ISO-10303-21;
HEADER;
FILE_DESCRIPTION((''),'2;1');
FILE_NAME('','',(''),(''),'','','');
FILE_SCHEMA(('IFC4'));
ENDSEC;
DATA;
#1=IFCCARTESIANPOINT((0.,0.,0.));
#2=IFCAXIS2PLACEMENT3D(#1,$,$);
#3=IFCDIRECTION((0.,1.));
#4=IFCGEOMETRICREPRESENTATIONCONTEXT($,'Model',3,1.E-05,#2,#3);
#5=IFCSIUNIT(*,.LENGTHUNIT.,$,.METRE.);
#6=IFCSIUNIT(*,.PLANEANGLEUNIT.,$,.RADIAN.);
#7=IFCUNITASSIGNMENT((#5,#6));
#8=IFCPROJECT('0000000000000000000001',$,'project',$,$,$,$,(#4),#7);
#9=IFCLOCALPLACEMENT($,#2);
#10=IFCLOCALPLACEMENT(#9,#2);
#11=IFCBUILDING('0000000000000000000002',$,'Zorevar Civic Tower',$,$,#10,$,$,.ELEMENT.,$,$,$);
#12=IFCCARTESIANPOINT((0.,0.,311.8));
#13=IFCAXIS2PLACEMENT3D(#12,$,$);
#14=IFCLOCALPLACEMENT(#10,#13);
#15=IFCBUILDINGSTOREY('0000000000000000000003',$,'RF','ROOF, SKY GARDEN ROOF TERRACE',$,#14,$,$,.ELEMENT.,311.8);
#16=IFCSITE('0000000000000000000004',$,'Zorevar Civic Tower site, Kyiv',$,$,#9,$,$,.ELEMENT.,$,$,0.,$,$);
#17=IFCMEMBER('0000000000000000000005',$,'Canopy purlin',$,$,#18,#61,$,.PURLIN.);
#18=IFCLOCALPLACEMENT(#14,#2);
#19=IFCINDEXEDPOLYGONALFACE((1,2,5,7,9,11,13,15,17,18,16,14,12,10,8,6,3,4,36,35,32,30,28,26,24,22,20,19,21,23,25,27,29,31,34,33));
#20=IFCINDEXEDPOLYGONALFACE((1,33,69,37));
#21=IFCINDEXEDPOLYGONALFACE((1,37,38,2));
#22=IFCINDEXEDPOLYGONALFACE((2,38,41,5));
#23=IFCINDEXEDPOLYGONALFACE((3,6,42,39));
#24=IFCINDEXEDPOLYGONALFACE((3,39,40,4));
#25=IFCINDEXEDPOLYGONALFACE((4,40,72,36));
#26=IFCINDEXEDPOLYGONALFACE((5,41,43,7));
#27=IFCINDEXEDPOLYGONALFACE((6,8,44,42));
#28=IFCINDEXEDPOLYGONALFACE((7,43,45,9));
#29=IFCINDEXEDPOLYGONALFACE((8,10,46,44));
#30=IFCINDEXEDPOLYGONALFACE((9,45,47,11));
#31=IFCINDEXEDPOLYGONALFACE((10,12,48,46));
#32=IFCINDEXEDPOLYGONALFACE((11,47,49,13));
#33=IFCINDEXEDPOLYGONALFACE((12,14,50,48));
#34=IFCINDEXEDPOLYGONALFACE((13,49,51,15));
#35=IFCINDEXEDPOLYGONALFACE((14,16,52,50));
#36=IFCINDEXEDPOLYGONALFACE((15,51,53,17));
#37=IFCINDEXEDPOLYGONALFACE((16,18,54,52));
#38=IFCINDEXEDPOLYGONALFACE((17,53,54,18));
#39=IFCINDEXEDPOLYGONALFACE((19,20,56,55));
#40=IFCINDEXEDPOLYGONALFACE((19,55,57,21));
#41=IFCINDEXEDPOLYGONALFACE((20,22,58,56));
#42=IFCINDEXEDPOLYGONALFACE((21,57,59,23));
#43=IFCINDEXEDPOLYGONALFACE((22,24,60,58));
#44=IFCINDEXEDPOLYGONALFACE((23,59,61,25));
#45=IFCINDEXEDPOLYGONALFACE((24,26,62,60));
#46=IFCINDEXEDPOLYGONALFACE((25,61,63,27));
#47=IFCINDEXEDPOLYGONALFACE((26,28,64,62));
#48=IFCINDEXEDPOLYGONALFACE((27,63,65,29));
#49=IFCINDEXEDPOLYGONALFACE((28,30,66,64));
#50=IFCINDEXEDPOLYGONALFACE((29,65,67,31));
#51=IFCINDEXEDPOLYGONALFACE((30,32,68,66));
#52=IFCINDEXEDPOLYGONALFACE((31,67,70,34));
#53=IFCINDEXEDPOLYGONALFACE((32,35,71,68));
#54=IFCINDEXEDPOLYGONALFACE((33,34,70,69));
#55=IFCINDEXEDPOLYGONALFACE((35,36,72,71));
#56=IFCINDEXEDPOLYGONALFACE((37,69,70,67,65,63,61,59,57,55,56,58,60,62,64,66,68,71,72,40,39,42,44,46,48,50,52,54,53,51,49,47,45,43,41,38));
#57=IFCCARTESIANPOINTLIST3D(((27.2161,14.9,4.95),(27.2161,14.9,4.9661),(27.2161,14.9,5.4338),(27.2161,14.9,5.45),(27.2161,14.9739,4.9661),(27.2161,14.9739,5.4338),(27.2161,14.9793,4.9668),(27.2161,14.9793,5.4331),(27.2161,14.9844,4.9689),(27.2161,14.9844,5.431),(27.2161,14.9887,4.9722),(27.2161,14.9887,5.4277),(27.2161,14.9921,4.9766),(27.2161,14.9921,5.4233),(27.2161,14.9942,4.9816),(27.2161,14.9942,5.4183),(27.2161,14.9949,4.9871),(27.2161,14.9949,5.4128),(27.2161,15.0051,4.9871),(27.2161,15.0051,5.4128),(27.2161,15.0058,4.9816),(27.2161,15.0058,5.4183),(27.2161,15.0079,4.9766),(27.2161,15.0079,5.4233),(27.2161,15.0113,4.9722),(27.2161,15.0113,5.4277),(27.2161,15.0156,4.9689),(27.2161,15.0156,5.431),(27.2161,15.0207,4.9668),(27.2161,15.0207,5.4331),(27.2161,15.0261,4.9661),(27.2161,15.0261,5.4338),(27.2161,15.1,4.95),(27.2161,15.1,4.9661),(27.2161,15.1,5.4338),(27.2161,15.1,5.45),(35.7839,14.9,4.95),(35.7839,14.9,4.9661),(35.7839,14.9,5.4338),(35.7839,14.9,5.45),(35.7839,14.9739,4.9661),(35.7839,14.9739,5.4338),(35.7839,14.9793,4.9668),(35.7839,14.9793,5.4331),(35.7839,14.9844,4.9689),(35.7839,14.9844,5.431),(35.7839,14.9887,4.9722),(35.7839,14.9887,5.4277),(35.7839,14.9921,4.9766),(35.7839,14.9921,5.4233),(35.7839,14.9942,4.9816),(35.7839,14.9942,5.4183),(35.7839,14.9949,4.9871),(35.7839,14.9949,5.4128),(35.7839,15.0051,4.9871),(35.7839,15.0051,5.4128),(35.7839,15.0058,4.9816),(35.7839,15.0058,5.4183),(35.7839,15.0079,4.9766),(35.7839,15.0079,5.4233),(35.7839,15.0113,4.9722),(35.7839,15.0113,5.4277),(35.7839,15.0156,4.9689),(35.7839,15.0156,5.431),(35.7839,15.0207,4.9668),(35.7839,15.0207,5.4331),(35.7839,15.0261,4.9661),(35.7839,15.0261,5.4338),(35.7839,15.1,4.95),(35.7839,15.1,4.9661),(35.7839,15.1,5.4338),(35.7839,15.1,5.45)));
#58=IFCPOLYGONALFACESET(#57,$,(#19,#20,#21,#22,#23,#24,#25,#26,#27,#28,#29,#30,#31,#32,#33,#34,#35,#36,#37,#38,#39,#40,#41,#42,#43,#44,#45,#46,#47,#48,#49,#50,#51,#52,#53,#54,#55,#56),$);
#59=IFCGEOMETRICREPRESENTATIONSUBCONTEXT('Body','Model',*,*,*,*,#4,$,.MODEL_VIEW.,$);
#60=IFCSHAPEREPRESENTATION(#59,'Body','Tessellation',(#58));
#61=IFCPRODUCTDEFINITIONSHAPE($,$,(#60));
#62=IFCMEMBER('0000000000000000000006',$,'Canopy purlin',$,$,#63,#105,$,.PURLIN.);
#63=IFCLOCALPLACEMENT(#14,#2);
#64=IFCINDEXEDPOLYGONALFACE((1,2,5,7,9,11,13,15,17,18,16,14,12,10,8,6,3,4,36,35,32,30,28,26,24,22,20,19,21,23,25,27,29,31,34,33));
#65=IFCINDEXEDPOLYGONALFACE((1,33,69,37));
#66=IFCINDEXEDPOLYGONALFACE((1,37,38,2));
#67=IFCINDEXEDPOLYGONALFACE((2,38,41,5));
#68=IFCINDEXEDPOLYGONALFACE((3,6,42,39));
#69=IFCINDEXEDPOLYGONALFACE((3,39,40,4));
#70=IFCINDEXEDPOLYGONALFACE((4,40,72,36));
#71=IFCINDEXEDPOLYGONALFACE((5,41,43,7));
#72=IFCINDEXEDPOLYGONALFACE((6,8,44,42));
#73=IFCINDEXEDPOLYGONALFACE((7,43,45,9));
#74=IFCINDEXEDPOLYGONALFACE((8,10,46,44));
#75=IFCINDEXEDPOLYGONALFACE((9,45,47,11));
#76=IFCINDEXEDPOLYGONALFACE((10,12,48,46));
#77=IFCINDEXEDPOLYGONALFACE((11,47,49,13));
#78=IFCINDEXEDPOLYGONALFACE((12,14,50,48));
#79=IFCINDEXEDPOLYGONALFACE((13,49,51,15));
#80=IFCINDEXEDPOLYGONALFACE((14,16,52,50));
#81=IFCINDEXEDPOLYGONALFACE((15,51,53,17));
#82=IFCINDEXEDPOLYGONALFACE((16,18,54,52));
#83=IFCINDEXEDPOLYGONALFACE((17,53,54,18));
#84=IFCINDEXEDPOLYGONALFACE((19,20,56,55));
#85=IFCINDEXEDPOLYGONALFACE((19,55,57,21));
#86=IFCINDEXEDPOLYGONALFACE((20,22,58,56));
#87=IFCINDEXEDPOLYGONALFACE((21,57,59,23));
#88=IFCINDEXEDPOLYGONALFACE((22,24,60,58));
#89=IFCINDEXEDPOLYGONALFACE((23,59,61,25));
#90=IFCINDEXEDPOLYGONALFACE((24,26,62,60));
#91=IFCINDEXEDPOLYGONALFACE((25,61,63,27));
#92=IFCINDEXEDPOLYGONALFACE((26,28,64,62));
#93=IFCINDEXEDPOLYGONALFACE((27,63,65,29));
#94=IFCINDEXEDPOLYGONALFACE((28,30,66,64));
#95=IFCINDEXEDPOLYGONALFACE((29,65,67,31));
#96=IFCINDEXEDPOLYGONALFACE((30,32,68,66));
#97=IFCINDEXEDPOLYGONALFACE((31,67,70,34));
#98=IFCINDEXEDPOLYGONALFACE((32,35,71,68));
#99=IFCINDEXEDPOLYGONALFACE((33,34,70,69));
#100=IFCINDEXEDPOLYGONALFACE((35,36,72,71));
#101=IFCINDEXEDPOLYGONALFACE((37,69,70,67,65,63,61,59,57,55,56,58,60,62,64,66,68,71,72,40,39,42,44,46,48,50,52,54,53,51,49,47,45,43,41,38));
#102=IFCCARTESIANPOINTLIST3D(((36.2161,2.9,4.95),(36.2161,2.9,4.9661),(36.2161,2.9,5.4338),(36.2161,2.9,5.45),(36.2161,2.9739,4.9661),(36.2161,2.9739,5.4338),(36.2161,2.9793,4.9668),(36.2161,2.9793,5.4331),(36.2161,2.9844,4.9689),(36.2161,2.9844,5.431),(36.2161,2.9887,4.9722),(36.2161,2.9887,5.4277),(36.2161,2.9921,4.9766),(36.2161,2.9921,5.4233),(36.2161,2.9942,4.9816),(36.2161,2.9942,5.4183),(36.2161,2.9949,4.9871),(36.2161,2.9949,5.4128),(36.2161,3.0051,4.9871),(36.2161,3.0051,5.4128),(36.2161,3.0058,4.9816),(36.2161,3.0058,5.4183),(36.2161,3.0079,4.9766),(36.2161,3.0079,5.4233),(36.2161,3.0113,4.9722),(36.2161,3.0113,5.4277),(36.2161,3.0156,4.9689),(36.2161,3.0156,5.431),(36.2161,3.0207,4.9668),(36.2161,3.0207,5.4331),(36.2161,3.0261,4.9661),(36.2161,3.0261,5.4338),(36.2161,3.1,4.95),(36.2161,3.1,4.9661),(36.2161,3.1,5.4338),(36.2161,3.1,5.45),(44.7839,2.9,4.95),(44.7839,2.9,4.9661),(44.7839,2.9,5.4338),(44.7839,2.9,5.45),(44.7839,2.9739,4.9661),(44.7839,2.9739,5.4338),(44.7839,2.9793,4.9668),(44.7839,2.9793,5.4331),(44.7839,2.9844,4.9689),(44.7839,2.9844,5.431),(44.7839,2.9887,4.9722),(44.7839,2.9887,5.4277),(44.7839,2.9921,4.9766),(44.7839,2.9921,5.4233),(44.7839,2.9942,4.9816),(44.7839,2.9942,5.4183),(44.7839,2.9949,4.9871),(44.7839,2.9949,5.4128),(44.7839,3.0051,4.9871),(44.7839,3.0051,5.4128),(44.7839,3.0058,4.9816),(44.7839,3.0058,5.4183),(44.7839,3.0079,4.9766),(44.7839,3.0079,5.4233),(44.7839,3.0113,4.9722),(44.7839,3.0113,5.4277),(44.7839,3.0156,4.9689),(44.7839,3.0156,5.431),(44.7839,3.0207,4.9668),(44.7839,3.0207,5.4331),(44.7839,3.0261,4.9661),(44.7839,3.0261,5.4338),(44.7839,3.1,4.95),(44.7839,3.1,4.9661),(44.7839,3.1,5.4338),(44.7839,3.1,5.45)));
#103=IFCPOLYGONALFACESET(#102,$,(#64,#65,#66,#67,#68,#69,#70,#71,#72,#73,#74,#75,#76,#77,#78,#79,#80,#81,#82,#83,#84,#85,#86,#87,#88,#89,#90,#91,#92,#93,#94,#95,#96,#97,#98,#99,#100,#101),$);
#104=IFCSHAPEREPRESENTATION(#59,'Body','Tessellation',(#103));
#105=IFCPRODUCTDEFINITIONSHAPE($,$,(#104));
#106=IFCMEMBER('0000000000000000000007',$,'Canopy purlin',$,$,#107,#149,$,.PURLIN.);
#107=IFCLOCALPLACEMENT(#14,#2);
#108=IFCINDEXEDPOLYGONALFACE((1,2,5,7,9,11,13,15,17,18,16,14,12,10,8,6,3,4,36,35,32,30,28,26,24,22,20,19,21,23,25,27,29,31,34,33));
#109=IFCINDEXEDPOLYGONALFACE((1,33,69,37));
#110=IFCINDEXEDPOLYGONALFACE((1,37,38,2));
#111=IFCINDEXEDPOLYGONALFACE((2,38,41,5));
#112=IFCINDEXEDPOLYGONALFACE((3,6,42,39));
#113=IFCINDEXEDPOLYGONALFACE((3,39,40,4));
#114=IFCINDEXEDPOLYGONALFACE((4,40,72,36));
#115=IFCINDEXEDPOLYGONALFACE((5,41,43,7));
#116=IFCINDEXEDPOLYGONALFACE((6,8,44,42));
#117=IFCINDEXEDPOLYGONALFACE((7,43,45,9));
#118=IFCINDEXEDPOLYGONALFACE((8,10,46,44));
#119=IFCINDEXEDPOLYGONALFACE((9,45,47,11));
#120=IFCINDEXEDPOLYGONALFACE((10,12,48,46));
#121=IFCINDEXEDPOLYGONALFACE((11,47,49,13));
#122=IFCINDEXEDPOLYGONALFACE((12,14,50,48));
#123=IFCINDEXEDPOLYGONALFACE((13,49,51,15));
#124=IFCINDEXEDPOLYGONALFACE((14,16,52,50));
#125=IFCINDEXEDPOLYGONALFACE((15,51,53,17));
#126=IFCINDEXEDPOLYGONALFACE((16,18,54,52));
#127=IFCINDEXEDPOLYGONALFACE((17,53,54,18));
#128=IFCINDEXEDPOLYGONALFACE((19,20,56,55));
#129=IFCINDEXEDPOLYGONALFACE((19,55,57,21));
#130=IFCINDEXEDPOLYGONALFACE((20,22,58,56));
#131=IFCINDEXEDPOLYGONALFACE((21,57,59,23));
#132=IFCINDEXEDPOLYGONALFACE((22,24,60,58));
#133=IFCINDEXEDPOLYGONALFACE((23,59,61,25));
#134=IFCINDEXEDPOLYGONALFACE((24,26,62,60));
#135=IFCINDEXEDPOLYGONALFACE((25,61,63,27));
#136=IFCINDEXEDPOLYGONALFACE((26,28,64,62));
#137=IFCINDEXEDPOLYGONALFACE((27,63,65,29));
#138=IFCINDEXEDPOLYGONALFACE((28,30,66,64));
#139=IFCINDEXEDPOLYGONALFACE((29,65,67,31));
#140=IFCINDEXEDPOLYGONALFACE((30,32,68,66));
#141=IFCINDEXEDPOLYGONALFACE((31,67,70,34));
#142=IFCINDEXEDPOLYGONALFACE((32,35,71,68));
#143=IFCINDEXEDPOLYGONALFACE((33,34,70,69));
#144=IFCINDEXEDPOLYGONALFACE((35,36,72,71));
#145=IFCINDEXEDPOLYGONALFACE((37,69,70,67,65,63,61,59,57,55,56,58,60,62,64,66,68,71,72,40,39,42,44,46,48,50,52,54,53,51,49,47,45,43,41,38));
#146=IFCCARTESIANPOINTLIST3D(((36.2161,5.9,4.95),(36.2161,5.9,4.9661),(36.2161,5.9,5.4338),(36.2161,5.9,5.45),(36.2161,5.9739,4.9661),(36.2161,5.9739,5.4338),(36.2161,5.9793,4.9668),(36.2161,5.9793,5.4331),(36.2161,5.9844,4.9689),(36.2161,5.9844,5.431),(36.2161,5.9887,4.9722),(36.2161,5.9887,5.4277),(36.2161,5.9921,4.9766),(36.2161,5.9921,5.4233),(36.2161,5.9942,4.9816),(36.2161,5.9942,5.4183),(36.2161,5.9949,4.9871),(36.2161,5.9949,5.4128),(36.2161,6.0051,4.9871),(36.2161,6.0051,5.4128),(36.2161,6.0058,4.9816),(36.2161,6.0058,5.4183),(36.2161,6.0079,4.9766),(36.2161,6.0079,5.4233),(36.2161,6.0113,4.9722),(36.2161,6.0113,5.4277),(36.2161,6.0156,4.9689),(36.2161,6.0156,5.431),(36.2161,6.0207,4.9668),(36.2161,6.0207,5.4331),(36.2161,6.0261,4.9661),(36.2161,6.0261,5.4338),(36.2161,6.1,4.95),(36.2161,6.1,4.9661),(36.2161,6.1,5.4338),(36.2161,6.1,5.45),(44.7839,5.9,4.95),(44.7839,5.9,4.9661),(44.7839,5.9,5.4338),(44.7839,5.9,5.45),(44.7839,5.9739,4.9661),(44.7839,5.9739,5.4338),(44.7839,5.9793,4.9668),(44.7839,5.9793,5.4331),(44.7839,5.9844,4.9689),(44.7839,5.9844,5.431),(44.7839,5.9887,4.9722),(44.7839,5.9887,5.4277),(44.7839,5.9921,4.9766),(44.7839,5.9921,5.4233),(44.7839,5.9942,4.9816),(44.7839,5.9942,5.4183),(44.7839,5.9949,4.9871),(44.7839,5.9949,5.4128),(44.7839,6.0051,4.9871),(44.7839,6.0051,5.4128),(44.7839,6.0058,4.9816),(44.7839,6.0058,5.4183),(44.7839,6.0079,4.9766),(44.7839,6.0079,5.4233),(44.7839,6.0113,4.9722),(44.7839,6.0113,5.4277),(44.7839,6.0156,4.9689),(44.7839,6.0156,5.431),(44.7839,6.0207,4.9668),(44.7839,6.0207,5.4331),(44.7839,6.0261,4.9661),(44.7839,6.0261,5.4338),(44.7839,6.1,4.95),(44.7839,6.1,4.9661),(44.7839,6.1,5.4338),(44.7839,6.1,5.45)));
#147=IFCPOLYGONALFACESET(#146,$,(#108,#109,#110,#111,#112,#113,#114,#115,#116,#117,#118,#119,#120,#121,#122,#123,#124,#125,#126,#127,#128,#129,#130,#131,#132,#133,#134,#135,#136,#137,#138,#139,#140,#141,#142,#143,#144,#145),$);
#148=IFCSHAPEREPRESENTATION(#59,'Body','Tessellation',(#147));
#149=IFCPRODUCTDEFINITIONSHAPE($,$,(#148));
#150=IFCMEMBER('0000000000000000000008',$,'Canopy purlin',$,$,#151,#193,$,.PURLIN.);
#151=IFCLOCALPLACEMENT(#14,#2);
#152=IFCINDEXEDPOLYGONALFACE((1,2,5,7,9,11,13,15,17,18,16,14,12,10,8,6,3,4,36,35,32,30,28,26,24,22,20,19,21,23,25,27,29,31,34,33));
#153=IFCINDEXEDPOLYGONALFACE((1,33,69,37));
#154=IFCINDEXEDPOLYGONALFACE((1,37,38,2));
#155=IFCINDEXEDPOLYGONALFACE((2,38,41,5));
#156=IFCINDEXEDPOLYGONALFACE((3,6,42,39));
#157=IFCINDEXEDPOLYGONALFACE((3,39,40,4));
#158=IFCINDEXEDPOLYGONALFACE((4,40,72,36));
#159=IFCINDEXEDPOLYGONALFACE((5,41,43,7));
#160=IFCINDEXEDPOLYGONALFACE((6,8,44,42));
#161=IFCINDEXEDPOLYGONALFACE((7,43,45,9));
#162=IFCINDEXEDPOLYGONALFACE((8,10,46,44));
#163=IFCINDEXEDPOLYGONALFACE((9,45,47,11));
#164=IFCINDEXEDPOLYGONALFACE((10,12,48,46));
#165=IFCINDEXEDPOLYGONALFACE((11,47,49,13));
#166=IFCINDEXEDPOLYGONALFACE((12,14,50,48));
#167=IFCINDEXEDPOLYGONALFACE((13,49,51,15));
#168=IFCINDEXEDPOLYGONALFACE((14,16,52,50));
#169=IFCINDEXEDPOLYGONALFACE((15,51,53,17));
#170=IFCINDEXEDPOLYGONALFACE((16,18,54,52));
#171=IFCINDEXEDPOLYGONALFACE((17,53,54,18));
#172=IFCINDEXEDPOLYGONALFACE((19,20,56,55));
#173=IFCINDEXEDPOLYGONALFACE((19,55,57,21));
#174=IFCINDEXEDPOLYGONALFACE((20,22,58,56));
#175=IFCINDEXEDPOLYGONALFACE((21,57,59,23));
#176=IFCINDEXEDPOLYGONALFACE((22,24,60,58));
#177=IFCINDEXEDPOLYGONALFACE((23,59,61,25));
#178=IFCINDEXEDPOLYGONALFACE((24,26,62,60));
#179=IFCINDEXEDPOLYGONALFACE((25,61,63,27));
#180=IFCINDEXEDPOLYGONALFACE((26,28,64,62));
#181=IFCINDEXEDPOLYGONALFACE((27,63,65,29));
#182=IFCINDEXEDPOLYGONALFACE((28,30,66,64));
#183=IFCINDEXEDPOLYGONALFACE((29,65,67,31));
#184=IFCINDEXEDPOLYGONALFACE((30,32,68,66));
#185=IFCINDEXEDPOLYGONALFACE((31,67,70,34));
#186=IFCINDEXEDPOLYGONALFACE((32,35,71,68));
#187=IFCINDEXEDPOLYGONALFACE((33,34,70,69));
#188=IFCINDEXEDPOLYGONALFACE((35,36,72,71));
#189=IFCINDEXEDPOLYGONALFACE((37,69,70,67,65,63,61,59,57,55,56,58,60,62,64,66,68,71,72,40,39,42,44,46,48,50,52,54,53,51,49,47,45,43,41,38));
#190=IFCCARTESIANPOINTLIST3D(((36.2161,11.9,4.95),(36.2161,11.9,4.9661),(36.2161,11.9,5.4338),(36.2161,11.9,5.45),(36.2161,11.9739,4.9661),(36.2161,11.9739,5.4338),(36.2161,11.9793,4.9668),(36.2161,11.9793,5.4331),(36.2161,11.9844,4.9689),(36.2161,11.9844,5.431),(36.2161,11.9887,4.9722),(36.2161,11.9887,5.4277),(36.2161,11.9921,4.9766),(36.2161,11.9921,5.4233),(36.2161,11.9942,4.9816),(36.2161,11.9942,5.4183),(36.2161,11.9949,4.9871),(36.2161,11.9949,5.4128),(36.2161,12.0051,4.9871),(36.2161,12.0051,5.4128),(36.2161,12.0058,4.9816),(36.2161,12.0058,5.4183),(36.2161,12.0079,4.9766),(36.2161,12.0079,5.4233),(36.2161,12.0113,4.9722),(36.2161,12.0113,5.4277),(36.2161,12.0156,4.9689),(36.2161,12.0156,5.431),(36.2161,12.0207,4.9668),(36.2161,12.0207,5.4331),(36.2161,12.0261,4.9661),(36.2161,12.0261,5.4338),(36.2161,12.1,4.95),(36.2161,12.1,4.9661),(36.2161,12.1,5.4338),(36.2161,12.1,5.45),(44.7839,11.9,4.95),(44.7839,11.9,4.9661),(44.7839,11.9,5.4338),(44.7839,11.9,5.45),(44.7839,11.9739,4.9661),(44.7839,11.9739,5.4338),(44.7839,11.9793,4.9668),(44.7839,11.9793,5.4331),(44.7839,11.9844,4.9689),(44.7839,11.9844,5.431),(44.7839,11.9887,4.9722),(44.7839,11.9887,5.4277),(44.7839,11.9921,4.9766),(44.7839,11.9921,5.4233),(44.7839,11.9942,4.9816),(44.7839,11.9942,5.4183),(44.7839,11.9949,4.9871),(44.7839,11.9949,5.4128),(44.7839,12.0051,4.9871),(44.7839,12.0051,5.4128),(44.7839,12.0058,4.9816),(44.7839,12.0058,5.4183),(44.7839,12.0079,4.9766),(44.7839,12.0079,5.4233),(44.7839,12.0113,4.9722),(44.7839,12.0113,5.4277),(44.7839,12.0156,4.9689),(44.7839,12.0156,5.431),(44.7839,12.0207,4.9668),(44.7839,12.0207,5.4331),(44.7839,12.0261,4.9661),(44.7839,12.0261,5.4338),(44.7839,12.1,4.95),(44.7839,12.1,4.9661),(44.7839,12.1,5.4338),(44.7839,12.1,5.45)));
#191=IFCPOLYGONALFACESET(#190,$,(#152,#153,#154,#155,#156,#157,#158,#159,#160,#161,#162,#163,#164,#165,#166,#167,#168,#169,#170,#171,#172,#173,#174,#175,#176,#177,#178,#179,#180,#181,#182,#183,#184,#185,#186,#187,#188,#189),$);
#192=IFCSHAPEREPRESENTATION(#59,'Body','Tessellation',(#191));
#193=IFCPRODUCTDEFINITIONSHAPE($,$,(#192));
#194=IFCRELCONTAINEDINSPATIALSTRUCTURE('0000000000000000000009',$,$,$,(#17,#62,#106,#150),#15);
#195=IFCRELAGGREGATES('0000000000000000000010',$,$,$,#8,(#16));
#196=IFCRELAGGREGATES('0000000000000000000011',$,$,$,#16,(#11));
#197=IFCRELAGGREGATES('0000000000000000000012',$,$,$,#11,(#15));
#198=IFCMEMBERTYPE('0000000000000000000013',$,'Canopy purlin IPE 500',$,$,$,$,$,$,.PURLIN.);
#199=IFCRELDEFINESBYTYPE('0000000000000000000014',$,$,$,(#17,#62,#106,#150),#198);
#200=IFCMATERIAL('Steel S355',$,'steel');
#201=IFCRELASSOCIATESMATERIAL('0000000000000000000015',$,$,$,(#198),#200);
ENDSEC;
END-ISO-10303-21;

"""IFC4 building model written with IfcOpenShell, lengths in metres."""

from ifc_helpers import new_model, si_unit, direction, frame, origin, origin_2d, place, context, subcontext, project, spatial, i_section, extrude, material, material_profile, profile_set, type_object, element, save


model = new_model("IFC4")

# Units and contexts
model_context = context("Model", 3, precision=1e-05, world=origin(), true_north=direction((0.0, 1.0)))
body_context = subcontext(model_context, "Body", "Model", "MODEL_VIEW")
ifc_project = project(units=[si_unit("LENGTHUNIT", "METRE"), si_unit("PLANEANGLEUNIT", "RADIAN")], contexts=[model_context])

# Site, building, storey
site_placement = place(None, origin())
site = spatial("IfcSite", under=ifc_project, at=site_placement, Name="Zorevar Civic Tower site, Kyiv", CompositionType="ELEMENT", RefElevation=0.0)
building_placement = place(site_placement, origin())
building = spatial("IfcBuilding", under=site, at=building_placement, Name="Zorevar Civic Tower", CompositionType="ELEMENT")
storey_placement = place(building_placement, frame((0.0, 0.0, 311.8)))
storey = spatial("IfcBuildingStorey", under=building, at=storey_placement, Name="RF", Description="ROOF, SKY GARDEN ROOF TERRACE", CompositionType="ELEMENT", Elevation=311.8)

# Members
ifc_material_1 = material(Name="Steel S355", Category="steel")
ifc_material_profile_1 = material_profile(ifc_material_1, i_section(OverallWidth=0.2, OverallDepth=0.5, WebThickness=0.0103, FlangeThickness=0.0161, FilletRadius=0.021, at=origin_2d()), Name="IPE 500")
ifc_profile_set_1 = profile_set([ifc_material_profile_1], Name="Steel S355")
member_type_1 = type_object("IfcMemberType", Name="Canopy purlin IPE 500", PredefinedType="PURLIN", material=ifc_profile_set_1)
for number, where, z_axis, x_axis, name in (
    (1, (27.2161, 15.0, 5.2), (1.0, 0.0, 0.0), (0.0, 1.0, 0.0), "Canopy purlin"),
    (2, (36.2161, 3.0, 5.2), (1.0, 0.0, 0.0), (0.0, 1.0, 0.0), "Canopy purlin"),
    (3, (36.2161, 6.0, 5.2), (1.0, 0.0, 0.0), (0.0, 1.0, 0.0), "Canopy purlin"),
    (4, (36.2161, 12.0, 5.2), (1.0, 0.0, 0.0), (0.0, 1.0, 0.0), "Canopy purlin"),
):
    element("IfcMember", number, at=place(storey_placement, frame(where, z_axis=z_axis, x_axis=x_axis)), inside=storey, type_object=member_type_1, Name=name, PredefinedType="PURLIN", context=body_context, shape_type="SweptSolid", body=[
        extrude(i_section(OverallWidth=0.2, OverallDepth=0.5, WebThickness=0.0103, FlangeThickness=0.0161, FilletRadius=0.021, at=origin_2d()), origin(), (0.0, 0.0, 1.0), 8.5679),
    ])

save(model, "model.ifc")
